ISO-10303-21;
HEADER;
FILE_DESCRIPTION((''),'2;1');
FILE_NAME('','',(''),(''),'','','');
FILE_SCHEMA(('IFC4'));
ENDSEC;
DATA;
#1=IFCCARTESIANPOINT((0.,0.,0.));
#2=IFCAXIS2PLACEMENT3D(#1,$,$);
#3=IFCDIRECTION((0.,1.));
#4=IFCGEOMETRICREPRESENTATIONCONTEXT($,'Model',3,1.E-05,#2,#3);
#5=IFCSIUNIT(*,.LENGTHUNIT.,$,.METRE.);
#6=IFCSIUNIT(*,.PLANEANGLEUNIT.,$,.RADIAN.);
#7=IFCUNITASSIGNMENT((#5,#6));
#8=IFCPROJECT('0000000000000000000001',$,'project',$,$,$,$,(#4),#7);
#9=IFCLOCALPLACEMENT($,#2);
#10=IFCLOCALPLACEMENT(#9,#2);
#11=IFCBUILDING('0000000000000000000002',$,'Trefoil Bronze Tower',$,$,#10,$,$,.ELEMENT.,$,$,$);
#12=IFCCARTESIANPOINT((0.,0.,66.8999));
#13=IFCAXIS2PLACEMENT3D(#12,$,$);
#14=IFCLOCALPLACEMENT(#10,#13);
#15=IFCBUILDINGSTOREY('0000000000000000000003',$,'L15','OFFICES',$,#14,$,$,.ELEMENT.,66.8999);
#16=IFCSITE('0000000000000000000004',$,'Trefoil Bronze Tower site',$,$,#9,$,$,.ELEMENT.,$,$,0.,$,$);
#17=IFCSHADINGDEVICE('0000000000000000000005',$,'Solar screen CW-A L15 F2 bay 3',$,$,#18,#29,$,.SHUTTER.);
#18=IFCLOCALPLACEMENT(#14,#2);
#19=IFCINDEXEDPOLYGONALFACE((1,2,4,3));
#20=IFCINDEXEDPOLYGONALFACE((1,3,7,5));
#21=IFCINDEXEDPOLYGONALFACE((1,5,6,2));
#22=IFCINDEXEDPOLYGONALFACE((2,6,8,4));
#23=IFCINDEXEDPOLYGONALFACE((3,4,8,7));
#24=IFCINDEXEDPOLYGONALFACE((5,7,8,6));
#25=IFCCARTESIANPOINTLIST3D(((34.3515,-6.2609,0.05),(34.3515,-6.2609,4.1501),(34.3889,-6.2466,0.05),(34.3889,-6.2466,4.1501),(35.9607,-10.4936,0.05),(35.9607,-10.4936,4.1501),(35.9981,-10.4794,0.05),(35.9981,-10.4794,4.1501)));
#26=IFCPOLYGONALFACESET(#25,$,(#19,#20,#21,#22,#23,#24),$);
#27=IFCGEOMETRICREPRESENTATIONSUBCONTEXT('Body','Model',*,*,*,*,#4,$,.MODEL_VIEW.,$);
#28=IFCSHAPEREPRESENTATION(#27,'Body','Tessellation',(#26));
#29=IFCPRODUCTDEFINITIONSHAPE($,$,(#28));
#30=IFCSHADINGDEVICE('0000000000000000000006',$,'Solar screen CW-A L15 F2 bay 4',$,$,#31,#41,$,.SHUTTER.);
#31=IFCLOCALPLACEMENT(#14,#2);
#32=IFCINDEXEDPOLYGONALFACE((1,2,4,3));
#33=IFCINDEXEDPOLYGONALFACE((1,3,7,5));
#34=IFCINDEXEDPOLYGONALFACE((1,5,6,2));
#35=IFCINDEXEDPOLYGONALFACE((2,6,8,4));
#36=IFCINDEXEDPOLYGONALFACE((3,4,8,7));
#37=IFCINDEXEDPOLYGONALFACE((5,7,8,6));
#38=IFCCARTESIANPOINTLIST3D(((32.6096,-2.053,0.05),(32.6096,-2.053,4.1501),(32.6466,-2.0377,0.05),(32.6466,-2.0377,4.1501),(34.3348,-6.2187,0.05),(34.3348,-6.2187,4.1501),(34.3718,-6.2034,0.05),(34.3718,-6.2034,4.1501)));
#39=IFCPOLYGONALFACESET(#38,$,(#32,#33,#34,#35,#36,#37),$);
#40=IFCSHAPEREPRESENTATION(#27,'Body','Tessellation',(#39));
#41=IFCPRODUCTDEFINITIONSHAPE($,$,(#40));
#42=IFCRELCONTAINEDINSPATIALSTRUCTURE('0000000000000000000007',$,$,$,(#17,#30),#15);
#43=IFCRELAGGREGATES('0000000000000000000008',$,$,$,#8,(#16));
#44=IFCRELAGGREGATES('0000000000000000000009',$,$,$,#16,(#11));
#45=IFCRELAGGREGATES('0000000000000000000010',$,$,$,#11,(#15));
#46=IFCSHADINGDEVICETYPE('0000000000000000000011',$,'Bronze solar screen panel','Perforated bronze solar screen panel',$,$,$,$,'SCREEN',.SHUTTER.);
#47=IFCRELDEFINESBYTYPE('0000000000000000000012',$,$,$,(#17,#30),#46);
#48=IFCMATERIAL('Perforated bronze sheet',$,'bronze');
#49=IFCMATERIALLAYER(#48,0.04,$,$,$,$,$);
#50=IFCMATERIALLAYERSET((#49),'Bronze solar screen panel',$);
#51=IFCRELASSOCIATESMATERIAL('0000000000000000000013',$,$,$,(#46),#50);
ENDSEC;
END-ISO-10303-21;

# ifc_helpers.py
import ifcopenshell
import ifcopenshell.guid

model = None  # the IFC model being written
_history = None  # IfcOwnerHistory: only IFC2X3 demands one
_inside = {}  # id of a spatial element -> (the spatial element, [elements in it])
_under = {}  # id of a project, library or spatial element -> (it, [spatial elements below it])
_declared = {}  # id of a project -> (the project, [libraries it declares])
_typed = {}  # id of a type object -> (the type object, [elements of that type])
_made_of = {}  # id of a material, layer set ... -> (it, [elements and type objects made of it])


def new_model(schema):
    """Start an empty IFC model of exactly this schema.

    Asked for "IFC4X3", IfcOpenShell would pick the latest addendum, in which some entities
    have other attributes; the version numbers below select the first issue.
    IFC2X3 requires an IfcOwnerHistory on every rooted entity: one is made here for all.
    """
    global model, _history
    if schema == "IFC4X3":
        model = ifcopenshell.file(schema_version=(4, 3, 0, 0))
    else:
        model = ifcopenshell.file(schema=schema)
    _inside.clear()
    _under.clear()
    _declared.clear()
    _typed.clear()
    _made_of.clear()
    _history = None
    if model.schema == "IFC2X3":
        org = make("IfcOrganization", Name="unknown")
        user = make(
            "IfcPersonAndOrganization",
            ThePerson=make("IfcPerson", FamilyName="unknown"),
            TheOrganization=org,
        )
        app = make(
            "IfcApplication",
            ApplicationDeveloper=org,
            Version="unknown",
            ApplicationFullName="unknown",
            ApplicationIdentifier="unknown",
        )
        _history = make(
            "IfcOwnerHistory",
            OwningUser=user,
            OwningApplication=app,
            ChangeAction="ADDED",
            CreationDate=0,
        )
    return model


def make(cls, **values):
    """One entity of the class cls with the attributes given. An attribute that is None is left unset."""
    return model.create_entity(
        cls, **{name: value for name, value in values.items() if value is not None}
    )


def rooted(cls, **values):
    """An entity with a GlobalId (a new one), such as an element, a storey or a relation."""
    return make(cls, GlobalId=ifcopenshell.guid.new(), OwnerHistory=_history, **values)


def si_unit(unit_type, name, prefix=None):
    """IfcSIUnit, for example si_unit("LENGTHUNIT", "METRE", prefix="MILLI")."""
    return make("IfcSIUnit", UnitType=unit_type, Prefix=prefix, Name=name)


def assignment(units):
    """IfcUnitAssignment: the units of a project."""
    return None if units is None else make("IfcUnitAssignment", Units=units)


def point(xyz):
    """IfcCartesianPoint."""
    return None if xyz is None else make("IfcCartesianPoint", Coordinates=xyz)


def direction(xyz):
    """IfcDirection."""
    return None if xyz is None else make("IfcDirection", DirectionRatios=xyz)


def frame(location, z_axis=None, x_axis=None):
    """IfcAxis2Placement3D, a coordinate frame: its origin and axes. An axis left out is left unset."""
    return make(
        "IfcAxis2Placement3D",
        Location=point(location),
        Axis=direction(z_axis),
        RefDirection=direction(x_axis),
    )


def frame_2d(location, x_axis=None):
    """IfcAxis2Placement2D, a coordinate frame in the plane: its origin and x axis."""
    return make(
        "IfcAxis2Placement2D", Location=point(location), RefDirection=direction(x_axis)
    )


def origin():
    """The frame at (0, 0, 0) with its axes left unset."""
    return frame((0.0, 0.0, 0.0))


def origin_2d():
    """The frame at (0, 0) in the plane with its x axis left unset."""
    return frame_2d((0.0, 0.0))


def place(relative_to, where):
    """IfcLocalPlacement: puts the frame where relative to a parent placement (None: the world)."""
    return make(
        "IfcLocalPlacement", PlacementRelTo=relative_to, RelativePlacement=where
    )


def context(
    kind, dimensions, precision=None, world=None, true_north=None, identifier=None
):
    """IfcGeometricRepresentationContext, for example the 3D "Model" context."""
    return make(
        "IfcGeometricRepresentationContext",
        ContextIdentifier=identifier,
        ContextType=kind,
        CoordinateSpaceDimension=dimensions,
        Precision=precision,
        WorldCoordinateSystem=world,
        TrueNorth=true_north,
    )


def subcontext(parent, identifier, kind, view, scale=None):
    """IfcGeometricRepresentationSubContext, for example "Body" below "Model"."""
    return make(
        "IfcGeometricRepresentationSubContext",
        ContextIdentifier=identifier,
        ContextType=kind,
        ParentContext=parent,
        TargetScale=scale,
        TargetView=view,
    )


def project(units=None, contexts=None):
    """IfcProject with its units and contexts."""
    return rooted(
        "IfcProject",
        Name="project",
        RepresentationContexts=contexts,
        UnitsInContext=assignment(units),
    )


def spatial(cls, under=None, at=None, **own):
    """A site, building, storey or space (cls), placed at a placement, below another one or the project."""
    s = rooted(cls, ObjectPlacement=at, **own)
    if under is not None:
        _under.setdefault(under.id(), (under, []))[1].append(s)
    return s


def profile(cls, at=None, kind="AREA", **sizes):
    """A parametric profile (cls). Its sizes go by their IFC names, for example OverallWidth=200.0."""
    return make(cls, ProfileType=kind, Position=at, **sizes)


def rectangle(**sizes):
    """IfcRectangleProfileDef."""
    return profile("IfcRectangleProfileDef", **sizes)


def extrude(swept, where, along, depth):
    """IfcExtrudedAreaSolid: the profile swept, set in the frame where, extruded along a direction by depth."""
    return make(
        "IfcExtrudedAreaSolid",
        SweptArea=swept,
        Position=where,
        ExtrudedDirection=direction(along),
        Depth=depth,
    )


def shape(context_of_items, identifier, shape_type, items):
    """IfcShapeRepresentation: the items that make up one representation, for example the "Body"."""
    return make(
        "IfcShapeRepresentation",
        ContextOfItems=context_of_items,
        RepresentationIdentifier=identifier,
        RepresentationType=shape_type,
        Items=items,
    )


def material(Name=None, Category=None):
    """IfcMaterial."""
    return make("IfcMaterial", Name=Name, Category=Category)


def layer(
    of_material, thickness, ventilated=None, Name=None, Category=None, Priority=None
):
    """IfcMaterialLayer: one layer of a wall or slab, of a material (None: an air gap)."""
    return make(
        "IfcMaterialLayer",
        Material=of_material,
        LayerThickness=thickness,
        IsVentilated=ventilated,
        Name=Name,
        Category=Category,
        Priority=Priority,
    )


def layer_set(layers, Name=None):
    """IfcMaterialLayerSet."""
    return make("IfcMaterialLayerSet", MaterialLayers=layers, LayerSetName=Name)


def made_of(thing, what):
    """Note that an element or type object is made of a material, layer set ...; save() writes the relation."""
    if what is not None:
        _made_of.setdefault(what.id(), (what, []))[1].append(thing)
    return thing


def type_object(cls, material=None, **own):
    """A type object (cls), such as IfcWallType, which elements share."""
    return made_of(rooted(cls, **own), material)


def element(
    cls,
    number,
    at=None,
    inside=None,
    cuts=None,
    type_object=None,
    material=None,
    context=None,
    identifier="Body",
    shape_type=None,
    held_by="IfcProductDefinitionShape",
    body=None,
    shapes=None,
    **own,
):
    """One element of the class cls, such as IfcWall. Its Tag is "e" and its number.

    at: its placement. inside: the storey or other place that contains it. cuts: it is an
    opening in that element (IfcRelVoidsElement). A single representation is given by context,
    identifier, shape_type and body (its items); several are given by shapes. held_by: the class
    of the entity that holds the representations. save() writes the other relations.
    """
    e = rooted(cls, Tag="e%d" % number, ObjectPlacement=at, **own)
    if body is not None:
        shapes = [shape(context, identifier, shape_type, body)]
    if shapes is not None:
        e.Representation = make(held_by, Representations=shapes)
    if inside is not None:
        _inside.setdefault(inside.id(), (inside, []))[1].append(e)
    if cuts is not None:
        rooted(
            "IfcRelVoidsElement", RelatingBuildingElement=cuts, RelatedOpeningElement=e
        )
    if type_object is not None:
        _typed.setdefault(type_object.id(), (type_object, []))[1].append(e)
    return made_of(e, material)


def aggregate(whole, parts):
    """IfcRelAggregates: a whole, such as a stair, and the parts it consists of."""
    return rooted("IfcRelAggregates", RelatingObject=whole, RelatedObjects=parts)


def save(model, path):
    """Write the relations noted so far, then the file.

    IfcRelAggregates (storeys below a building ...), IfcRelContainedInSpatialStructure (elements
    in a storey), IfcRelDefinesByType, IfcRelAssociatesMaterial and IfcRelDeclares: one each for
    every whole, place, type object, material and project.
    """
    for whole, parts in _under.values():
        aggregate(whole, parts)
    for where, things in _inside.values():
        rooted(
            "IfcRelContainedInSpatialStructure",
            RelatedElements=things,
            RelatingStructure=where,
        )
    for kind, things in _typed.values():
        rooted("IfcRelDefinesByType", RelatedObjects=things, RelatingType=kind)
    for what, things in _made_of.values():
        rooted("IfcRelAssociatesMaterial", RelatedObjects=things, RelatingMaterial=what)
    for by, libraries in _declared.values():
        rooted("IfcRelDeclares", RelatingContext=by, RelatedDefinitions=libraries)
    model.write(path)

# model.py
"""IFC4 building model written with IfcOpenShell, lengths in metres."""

from ifc_helpers import new_model, si_unit, direction, frame, origin, origin_2d, place, context, subcontext, project, spatial, rectangle, extrude, material, layer, layer_set, type_object, element, save


model = new_model("IFC4")

# Units and contexts
model_context = context("Model", 3, precision=1e-05, world=origin(), true_north=direction((0.0, 1.0)))
body_context = subcontext(model_context, "Body", "Model", "MODEL_VIEW")
ifc_project = project(units=[si_unit("LENGTHUNIT", "METRE"), si_unit("PLANEANGLEUNIT", "RADIAN")], contexts=[model_context])

# Site, building, storey
site_placement = place(None, origin())
site = spatial("IfcSite", under=ifc_project, at=site_placement, Name="Trefoil Bronze Tower site", CompositionType="ELEMENT", RefElevation=0.0)
building_placement = place(site_placement, origin())
building = spatial("IfcBuilding", under=site, at=building_placement, Name="Trefoil Bronze Tower", CompositionType="ELEMENT")
storey_placement = place(building_placement, frame((0.0, 0.0, 66.8999)))
storey = spatial("IfcBuildingStorey", under=building, at=storey_placement, Name="L15", Description="OFFICES", CompositionType="ELEMENT", Elevation=66.8999)

# Shading devices
ifc_material_1 = material(Name="Perforated bronze sheet", Category="bronze")
ifc_layer_1 = layer(ifc_material_1, 0.04)
ifc_layer_set_1 = layer_set([ifc_layer_1], Name="Bronze solar screen panel")
shading_device_type = type_object("IfcShadingDeviceType", Name="Bronze solar screen panel", Description="Perforated bronze solar screen panel", ElementType="SCREEN", PredefinedType="SHUTTER", material=ifc_layer_set_1)
shading_device_1_placement = place(storey_placement, frame((35.1748, -8.3701, 0.05), z_axis=(0.0, 0.0, 1.0), x_axis=(-0.355371, 0.934725, 0.0)))
element("IfcShadingDevice", 1, at=shading_device_1_placement, inside=storey, type_object=shading_device_type, Name="Solar screen CW-A L15 F2 bay 3", PredefinedType="SHUTTER", context=body_context, shape_type="SweptSolid", body=[
    extrude(rectangle(XDim=4.5283, YDim=0.04, at=origin_2d()), origin(), (0.0, 0.0, 1.0), 4.1001),
])
shading_device_2_placement = place(storey_placement, frame((33.4907, -4.1282, 0.05), z_axis=(0.0, 0.0, 1.0), x_axis=(-0.38263, 0.923902, 0.0)))
element("IfcShadingDevice", 2, at=shading_device_2_placement, inside=storey, type_object=shading_device_type, Name="Solar screen CW-A L15 F2 bay 4", PredefinedType="SHUTTER", context=body_context, shape_type="SweptSolid", body=[
    extrude(rectangle(XDim=4.5088, YDim=0.04, at=origin_2d()), origin(), (0.0, 0.0, 1.0), 4.1001),
])

save(model, "model.ifc")
